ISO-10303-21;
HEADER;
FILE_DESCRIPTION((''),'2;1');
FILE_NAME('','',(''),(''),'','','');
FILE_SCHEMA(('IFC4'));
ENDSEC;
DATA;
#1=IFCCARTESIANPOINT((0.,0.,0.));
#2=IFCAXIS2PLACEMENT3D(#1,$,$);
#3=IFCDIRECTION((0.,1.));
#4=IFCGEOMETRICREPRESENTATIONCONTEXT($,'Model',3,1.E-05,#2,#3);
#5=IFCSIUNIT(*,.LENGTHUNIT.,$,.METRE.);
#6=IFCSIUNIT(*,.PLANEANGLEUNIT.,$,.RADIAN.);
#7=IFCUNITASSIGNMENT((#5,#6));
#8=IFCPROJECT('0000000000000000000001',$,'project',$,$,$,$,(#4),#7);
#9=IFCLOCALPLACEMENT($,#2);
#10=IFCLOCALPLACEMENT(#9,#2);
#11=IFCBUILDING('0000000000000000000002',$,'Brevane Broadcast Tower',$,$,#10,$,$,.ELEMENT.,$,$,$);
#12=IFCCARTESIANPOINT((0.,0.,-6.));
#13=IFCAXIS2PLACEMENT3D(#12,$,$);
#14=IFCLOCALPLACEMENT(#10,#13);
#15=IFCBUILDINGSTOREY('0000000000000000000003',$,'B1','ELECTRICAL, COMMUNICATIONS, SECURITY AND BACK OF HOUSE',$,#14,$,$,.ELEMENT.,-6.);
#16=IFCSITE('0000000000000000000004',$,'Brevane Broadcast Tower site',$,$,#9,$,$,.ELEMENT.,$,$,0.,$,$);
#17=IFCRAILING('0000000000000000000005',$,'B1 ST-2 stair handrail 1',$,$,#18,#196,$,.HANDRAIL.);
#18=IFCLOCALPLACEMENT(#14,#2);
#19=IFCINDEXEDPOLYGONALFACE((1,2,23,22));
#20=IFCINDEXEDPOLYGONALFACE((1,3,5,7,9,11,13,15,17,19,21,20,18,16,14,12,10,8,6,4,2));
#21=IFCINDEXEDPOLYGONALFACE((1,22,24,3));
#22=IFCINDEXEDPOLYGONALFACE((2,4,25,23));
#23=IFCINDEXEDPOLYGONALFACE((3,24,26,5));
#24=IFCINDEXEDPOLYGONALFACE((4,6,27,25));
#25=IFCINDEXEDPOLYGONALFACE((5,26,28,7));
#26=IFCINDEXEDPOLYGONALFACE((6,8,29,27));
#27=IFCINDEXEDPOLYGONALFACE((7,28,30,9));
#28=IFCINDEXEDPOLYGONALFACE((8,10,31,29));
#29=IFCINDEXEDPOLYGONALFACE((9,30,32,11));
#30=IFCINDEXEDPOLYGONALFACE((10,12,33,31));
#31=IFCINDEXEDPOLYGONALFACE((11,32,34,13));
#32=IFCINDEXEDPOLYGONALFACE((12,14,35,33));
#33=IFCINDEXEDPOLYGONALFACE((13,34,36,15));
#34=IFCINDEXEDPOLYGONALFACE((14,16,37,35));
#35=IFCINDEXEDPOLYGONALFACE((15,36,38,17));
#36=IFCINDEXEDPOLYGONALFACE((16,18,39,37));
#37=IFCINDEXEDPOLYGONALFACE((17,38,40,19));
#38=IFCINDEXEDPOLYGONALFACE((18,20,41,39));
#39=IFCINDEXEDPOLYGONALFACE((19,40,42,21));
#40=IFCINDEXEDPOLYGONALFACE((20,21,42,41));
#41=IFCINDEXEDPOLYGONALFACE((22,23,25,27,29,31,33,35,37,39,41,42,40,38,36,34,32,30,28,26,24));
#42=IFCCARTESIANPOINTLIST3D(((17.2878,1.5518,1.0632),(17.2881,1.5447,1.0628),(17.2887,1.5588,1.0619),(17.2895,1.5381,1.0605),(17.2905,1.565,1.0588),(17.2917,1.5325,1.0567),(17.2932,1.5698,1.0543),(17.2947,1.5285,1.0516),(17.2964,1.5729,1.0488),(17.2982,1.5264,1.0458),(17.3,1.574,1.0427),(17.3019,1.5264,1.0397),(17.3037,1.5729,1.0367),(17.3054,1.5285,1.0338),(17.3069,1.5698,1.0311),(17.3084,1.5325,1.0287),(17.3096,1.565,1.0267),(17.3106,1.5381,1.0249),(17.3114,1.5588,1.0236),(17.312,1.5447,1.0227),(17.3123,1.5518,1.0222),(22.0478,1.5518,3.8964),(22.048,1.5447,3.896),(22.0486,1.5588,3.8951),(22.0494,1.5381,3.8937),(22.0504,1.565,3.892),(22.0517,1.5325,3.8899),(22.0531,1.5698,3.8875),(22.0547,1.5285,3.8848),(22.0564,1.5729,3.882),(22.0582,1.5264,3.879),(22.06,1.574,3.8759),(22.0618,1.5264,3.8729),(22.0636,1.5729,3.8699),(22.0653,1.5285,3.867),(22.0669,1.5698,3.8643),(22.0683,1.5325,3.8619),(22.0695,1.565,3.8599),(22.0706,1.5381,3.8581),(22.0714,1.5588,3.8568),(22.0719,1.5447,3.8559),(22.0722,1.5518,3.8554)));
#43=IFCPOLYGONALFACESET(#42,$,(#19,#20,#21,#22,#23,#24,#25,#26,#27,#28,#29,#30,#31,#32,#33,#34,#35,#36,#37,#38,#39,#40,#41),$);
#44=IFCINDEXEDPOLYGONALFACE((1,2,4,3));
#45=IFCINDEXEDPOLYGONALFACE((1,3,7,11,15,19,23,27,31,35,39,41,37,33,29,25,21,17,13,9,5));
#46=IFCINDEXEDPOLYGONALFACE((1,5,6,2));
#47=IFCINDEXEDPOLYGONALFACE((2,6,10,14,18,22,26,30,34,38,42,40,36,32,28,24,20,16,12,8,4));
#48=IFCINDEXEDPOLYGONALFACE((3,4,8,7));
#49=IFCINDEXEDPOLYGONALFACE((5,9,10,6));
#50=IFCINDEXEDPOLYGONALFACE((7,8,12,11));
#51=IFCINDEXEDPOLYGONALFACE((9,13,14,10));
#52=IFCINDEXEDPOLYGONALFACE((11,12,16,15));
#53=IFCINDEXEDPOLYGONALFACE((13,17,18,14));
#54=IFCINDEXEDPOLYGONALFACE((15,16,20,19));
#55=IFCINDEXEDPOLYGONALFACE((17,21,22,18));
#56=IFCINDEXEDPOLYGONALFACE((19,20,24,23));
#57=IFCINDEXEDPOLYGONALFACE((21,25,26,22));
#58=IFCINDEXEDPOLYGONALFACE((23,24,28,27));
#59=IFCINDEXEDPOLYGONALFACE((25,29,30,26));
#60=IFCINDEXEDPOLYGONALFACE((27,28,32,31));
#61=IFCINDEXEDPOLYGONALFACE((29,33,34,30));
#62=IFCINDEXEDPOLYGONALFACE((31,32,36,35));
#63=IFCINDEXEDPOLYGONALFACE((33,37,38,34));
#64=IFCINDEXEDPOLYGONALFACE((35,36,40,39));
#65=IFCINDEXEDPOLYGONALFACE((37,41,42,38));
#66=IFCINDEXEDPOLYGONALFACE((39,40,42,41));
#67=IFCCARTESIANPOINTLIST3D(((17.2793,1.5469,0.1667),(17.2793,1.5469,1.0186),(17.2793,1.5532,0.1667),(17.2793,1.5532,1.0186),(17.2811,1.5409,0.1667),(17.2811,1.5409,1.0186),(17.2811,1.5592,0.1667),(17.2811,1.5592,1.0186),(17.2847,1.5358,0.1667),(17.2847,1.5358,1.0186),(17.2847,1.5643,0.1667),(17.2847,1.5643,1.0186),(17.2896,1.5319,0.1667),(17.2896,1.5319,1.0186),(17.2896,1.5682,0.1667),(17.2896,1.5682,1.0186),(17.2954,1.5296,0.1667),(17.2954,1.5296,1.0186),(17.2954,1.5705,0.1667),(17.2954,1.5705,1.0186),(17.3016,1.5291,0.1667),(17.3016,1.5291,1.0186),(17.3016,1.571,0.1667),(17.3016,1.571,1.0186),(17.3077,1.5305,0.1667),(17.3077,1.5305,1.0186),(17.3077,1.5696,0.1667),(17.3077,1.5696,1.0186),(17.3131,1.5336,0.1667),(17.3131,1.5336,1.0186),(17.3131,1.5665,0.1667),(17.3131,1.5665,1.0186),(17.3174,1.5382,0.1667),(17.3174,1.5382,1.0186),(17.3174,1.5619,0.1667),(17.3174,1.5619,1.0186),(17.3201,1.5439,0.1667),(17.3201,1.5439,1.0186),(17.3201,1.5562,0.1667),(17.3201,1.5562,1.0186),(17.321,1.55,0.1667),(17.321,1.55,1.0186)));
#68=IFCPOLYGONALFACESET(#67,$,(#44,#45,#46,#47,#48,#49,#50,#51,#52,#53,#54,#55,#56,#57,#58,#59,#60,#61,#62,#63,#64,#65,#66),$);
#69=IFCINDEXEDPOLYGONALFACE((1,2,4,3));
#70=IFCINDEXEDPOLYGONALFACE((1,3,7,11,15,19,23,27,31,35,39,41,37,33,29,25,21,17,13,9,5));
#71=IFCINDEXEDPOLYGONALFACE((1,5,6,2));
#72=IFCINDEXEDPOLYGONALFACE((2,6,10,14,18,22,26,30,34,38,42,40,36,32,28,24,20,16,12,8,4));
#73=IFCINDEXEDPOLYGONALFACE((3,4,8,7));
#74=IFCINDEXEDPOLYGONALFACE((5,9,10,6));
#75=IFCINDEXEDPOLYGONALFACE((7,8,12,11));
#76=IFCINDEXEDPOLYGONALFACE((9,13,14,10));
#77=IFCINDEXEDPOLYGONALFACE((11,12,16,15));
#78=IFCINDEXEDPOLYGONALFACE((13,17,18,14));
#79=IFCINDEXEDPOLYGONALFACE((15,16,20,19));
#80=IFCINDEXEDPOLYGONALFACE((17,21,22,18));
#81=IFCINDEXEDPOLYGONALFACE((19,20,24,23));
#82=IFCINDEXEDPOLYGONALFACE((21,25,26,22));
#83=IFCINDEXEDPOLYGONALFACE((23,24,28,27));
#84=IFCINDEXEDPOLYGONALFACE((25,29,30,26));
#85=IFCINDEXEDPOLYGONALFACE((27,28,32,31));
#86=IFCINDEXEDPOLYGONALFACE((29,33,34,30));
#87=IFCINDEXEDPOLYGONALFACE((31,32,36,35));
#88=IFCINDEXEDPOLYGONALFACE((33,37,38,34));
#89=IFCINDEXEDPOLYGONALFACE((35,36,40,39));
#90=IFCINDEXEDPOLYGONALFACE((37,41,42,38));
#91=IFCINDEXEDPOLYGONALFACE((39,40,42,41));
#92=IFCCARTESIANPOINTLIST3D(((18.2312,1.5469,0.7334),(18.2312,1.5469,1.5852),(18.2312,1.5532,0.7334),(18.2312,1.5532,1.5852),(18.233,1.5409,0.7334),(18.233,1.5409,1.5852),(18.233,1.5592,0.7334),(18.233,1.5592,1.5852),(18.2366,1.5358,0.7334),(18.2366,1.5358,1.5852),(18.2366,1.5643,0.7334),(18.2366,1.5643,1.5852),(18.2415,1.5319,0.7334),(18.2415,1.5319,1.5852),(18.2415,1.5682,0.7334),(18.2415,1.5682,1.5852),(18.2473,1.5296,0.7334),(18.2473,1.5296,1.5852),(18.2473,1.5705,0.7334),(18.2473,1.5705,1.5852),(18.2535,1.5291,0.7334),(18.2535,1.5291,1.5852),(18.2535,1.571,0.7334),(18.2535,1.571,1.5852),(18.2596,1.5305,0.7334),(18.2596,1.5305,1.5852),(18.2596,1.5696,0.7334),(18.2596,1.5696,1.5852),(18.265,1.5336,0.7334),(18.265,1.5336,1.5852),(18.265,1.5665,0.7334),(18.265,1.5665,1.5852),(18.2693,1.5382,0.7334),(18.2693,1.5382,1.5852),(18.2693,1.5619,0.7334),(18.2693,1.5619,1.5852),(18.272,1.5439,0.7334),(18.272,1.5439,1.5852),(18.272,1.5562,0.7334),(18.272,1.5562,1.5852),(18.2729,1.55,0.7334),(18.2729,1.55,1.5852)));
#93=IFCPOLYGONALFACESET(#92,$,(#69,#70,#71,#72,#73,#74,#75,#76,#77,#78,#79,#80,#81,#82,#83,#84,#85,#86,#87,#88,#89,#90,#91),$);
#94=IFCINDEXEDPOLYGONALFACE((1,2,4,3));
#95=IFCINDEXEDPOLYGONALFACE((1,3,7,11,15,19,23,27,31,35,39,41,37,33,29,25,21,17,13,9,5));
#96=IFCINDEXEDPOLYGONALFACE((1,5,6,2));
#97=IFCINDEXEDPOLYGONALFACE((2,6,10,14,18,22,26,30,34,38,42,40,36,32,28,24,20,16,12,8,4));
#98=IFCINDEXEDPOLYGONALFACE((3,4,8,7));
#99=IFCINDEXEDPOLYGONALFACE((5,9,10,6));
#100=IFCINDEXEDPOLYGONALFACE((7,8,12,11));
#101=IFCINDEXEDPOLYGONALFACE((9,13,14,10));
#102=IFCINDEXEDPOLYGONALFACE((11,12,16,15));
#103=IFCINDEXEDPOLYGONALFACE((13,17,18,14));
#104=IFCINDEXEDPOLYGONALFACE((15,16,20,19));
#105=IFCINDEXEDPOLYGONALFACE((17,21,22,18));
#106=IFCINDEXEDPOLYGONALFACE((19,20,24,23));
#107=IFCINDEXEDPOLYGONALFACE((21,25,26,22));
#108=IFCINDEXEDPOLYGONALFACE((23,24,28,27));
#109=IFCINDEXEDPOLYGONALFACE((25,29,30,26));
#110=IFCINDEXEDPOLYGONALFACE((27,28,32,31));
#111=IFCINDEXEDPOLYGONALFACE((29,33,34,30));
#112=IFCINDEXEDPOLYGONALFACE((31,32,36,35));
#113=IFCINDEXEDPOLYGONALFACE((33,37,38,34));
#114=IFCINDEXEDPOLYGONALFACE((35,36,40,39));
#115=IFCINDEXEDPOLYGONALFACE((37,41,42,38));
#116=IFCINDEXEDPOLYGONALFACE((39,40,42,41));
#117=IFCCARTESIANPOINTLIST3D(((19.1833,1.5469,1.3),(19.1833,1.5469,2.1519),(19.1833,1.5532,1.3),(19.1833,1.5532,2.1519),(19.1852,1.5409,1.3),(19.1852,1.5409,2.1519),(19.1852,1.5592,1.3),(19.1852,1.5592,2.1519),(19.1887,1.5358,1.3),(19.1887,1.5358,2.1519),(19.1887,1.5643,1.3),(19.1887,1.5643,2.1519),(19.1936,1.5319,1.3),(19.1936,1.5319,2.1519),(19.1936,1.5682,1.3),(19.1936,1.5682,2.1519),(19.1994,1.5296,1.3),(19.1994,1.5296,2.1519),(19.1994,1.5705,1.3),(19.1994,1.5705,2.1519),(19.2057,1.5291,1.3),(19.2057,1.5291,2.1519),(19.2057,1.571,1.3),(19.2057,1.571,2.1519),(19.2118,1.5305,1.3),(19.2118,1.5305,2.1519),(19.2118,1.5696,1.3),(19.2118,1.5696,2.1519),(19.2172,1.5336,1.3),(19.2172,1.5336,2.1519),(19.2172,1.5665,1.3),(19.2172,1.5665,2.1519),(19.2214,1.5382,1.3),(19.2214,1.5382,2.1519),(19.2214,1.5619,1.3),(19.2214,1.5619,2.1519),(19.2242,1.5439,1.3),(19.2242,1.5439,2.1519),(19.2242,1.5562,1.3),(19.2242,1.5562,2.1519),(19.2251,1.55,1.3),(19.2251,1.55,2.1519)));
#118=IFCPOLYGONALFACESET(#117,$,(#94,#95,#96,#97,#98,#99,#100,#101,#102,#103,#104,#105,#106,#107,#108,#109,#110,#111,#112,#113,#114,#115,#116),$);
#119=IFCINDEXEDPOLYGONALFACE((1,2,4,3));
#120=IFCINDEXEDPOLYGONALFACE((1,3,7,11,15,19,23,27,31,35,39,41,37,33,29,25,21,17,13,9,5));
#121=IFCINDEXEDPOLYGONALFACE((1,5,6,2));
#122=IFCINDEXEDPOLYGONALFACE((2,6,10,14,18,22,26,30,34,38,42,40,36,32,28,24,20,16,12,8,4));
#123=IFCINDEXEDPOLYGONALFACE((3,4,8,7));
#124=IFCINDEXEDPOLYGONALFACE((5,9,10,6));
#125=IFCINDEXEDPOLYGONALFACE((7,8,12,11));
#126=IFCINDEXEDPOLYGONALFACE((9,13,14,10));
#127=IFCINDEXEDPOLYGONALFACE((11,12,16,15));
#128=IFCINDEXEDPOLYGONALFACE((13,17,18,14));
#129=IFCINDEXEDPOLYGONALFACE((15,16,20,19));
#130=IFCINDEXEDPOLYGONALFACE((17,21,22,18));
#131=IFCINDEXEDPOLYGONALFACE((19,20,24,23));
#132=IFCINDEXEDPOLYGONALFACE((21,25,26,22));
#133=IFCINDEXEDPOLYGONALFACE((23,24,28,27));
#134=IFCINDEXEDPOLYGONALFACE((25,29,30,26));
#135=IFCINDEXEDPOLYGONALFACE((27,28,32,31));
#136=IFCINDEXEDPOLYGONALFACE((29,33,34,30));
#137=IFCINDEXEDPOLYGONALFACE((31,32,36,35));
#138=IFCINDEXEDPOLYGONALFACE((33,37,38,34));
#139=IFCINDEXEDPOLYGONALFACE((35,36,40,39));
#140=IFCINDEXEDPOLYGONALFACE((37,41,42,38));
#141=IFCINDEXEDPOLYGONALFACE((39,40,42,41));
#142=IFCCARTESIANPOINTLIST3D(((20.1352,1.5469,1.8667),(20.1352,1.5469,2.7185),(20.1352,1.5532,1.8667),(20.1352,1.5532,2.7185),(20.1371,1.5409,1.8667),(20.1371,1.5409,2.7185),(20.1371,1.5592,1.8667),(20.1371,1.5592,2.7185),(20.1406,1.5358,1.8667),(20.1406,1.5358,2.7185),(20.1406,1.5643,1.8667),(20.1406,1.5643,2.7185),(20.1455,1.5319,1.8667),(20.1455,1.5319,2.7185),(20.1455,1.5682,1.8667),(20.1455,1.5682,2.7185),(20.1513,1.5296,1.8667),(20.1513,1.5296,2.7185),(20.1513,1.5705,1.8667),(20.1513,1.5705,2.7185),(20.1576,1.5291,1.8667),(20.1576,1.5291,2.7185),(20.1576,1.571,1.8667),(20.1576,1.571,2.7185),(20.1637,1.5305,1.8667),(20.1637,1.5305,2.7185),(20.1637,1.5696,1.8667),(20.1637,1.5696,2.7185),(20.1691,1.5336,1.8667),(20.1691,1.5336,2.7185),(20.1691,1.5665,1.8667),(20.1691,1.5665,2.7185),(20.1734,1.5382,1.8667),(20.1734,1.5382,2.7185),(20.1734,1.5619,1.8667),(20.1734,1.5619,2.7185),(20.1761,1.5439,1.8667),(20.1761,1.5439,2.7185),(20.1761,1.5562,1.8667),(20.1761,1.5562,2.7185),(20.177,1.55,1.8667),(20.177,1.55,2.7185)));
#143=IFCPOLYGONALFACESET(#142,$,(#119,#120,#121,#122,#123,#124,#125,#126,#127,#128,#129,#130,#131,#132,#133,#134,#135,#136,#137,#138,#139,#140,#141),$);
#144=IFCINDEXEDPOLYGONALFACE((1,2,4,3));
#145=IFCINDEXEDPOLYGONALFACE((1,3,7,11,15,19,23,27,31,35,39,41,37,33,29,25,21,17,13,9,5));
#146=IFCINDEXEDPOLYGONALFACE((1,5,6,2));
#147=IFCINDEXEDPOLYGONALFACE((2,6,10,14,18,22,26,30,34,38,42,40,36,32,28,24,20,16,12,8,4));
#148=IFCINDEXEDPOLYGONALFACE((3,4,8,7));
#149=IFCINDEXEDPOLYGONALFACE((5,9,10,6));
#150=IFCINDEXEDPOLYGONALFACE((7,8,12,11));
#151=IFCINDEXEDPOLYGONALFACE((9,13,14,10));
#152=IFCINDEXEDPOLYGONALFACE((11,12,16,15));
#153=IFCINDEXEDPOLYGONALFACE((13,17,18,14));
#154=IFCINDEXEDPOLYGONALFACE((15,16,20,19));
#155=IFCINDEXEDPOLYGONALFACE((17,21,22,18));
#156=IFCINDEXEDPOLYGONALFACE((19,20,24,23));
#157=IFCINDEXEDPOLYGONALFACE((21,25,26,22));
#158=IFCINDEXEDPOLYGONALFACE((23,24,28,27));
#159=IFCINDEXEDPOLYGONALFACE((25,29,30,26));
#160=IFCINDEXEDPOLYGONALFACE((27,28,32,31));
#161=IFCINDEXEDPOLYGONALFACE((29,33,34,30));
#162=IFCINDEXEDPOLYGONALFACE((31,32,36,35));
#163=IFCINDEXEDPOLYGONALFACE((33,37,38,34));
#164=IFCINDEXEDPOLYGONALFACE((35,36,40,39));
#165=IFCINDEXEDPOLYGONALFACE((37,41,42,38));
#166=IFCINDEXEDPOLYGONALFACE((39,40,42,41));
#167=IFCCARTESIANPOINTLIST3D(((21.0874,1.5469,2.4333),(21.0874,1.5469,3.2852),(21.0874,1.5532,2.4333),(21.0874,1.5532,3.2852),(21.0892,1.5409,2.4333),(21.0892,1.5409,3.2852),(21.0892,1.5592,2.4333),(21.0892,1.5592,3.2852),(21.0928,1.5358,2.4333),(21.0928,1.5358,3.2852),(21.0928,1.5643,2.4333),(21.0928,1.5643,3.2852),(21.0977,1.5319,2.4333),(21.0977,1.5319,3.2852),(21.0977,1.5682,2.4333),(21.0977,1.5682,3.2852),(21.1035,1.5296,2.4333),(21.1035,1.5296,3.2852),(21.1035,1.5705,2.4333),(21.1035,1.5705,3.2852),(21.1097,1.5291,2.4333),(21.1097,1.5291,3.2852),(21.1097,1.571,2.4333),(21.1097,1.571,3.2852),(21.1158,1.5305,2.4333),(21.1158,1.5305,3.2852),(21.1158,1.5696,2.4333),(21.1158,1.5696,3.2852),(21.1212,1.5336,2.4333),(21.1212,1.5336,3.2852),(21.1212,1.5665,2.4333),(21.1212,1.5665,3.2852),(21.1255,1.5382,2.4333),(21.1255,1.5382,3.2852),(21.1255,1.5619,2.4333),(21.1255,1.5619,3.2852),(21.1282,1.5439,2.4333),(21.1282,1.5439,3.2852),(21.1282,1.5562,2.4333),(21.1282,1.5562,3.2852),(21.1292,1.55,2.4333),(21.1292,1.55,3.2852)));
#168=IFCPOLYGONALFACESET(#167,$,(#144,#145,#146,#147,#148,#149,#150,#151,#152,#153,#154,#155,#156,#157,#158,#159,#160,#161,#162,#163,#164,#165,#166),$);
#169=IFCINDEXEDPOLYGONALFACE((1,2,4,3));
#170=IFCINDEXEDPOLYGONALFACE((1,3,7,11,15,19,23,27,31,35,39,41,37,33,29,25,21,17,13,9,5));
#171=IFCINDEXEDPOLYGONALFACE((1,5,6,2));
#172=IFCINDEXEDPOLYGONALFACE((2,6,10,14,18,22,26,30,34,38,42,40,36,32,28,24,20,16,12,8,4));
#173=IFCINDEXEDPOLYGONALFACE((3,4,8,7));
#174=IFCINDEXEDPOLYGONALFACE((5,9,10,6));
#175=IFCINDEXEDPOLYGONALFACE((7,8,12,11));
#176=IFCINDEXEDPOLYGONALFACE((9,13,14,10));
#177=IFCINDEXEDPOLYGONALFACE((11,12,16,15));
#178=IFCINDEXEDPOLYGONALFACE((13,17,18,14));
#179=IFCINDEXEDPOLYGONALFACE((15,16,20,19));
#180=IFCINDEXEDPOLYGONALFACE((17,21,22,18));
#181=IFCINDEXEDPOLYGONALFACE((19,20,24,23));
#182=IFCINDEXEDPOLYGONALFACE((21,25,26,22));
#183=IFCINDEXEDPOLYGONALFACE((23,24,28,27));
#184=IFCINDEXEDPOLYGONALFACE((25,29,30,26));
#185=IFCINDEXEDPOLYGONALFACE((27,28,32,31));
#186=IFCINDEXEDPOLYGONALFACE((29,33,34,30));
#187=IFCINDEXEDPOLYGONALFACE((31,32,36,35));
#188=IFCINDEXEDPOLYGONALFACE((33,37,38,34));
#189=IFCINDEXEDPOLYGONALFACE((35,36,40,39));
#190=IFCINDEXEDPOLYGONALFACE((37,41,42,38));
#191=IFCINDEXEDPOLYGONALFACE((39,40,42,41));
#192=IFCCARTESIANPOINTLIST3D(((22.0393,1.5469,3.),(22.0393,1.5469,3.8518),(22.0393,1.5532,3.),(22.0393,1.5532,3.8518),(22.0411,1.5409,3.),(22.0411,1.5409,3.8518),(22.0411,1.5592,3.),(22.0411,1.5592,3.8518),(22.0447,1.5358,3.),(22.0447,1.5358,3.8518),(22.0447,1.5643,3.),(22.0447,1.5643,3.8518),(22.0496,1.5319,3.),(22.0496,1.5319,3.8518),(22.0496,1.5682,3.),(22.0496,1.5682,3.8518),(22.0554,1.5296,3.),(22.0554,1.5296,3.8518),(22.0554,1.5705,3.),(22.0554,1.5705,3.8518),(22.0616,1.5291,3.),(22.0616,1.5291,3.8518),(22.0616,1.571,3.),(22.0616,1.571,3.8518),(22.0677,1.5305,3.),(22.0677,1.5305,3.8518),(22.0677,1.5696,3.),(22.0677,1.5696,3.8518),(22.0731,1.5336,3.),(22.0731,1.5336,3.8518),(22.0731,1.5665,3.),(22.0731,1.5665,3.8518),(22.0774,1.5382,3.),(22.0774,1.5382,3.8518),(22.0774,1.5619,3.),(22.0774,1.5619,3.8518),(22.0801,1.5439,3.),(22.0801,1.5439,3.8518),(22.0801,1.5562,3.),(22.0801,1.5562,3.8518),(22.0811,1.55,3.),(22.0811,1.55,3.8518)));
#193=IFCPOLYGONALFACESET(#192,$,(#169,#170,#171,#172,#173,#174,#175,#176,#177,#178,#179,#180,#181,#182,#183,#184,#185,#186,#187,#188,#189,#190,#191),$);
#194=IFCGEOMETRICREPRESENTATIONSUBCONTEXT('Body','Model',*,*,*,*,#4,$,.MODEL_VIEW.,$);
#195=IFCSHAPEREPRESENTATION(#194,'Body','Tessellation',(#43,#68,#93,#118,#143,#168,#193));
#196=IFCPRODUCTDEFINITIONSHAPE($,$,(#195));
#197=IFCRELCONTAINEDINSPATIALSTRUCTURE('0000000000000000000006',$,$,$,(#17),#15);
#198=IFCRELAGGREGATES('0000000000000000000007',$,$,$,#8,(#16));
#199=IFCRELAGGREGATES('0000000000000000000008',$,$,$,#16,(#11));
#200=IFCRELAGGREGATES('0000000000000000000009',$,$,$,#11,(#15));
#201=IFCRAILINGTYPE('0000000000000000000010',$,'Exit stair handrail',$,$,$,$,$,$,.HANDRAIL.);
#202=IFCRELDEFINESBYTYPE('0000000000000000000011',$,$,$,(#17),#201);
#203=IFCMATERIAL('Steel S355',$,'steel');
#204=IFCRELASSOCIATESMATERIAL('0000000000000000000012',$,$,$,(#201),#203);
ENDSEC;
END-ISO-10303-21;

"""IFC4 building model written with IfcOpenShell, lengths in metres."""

from ifc_helpers import new_model, si_unit, direction, frame, origin, origin_2d, place, context, subcontext, project, spatial, circle, extrude, material, type_object, element, save


model = new_model("IFC4")

# Units and contexts
model_context = context("Model", 3, precision=1e-05, world=origin(), true_north=direction((0.0, 1.0)))
body_context = subcontext(model_context, "Body", "Model", "MODEL_VIEW")
ifc_project = project(units=[si_unit("LENGTHUNIT", "METRE"), si_unit("PLANEANGLEUNIT", "RADIAN")], contexts=[model_context])

# Site, building, storey
site_placement = place(None, origin())
site = spatial("IfcSite", under=ifc_project, at=site_placement, Name="Brevane Broadcast Tower site", CompositionType="ELEMENT", RefElevation=0.0)
building_placement = place(site_placement, origin())
building = spatial("IfcBuilding", under=site, at=building_placement, Name="Brevane Broadcast Tower", CompositionType="ELEMENT")
storey_placement = place(building_placement, frame((0.0, 0.0, -6.0)))
storey = spatial("IfcBuildingStorey", under=building, at=storey_placement, Name="B1", Description="ELECTRICAL, COMMUNICATIONS, SECURITY AND BACK OF HOUSE", CompositionType="ELEMENT", Elevation=-6.0)

# Railing
ifc_material_1 = material(Name="Steel S355", Category="steel")
railing_type_1 = type_object("IfcRailingType", Name="Exit stair handrail", PredefinedType="HANDRAIL", material=ifc_material_1)
railing_1_placement = place(storey_placement, frame((17.3, 1.55, 0.1667)))
element("IfcRailing", 1, at=railing_1_placement, inside=storey, type_object=railing_type_1, Name="B1 ST-2 stair handrail 1", PredefinedType="HANDRAIL", context=body_context, shape_type="SweptSolid", body=[
    extrude(circle(Radius=0.0239, at=origin_2d()), frame((0.0, 0.0, 0.876), z_axis=(0.8593, 0.0, 0.511472), x_axis=(0.0, 1.0, 0.0)), (0.0, 0.0, 1.0), 5.5393),
    extrude(circle(Radius=0.021, at=origin_2d()), origin(), (0.0, 0.0, 1.0), 0.8518),
    extrude(circle(Radius=0.021, at=origin_2d()), frame((0.9519, 0.0, 0.5667)), (0.0, 0.0, 1.0), 0.8518),
    extrude(circle(Radius=0.021, at=origin_2d()), frame((1.9041, 0.0, 1.1333)), (0.0, 0.0, 1.0), 0.8518),
    extrude(circle(Radius=0.021, at=origin_2d()), frame((2.856, 0.0, 1.7)), (0.0, 0.0, 1.0), 0.8518),
    extrude(circle(Radius=0.021, at=origin_2d()), frame((3.8081, 0.0, 2.2666)), (0.0, 0.0, 1.0), 0.8518),
    extrude(circle(Radius=0.021, at=origin_2d()), frame((4.76, 0.0, 2.8333)), (0.0, 0.0, 1.0), 0.8518),
])

save(model, "model.ifc")
